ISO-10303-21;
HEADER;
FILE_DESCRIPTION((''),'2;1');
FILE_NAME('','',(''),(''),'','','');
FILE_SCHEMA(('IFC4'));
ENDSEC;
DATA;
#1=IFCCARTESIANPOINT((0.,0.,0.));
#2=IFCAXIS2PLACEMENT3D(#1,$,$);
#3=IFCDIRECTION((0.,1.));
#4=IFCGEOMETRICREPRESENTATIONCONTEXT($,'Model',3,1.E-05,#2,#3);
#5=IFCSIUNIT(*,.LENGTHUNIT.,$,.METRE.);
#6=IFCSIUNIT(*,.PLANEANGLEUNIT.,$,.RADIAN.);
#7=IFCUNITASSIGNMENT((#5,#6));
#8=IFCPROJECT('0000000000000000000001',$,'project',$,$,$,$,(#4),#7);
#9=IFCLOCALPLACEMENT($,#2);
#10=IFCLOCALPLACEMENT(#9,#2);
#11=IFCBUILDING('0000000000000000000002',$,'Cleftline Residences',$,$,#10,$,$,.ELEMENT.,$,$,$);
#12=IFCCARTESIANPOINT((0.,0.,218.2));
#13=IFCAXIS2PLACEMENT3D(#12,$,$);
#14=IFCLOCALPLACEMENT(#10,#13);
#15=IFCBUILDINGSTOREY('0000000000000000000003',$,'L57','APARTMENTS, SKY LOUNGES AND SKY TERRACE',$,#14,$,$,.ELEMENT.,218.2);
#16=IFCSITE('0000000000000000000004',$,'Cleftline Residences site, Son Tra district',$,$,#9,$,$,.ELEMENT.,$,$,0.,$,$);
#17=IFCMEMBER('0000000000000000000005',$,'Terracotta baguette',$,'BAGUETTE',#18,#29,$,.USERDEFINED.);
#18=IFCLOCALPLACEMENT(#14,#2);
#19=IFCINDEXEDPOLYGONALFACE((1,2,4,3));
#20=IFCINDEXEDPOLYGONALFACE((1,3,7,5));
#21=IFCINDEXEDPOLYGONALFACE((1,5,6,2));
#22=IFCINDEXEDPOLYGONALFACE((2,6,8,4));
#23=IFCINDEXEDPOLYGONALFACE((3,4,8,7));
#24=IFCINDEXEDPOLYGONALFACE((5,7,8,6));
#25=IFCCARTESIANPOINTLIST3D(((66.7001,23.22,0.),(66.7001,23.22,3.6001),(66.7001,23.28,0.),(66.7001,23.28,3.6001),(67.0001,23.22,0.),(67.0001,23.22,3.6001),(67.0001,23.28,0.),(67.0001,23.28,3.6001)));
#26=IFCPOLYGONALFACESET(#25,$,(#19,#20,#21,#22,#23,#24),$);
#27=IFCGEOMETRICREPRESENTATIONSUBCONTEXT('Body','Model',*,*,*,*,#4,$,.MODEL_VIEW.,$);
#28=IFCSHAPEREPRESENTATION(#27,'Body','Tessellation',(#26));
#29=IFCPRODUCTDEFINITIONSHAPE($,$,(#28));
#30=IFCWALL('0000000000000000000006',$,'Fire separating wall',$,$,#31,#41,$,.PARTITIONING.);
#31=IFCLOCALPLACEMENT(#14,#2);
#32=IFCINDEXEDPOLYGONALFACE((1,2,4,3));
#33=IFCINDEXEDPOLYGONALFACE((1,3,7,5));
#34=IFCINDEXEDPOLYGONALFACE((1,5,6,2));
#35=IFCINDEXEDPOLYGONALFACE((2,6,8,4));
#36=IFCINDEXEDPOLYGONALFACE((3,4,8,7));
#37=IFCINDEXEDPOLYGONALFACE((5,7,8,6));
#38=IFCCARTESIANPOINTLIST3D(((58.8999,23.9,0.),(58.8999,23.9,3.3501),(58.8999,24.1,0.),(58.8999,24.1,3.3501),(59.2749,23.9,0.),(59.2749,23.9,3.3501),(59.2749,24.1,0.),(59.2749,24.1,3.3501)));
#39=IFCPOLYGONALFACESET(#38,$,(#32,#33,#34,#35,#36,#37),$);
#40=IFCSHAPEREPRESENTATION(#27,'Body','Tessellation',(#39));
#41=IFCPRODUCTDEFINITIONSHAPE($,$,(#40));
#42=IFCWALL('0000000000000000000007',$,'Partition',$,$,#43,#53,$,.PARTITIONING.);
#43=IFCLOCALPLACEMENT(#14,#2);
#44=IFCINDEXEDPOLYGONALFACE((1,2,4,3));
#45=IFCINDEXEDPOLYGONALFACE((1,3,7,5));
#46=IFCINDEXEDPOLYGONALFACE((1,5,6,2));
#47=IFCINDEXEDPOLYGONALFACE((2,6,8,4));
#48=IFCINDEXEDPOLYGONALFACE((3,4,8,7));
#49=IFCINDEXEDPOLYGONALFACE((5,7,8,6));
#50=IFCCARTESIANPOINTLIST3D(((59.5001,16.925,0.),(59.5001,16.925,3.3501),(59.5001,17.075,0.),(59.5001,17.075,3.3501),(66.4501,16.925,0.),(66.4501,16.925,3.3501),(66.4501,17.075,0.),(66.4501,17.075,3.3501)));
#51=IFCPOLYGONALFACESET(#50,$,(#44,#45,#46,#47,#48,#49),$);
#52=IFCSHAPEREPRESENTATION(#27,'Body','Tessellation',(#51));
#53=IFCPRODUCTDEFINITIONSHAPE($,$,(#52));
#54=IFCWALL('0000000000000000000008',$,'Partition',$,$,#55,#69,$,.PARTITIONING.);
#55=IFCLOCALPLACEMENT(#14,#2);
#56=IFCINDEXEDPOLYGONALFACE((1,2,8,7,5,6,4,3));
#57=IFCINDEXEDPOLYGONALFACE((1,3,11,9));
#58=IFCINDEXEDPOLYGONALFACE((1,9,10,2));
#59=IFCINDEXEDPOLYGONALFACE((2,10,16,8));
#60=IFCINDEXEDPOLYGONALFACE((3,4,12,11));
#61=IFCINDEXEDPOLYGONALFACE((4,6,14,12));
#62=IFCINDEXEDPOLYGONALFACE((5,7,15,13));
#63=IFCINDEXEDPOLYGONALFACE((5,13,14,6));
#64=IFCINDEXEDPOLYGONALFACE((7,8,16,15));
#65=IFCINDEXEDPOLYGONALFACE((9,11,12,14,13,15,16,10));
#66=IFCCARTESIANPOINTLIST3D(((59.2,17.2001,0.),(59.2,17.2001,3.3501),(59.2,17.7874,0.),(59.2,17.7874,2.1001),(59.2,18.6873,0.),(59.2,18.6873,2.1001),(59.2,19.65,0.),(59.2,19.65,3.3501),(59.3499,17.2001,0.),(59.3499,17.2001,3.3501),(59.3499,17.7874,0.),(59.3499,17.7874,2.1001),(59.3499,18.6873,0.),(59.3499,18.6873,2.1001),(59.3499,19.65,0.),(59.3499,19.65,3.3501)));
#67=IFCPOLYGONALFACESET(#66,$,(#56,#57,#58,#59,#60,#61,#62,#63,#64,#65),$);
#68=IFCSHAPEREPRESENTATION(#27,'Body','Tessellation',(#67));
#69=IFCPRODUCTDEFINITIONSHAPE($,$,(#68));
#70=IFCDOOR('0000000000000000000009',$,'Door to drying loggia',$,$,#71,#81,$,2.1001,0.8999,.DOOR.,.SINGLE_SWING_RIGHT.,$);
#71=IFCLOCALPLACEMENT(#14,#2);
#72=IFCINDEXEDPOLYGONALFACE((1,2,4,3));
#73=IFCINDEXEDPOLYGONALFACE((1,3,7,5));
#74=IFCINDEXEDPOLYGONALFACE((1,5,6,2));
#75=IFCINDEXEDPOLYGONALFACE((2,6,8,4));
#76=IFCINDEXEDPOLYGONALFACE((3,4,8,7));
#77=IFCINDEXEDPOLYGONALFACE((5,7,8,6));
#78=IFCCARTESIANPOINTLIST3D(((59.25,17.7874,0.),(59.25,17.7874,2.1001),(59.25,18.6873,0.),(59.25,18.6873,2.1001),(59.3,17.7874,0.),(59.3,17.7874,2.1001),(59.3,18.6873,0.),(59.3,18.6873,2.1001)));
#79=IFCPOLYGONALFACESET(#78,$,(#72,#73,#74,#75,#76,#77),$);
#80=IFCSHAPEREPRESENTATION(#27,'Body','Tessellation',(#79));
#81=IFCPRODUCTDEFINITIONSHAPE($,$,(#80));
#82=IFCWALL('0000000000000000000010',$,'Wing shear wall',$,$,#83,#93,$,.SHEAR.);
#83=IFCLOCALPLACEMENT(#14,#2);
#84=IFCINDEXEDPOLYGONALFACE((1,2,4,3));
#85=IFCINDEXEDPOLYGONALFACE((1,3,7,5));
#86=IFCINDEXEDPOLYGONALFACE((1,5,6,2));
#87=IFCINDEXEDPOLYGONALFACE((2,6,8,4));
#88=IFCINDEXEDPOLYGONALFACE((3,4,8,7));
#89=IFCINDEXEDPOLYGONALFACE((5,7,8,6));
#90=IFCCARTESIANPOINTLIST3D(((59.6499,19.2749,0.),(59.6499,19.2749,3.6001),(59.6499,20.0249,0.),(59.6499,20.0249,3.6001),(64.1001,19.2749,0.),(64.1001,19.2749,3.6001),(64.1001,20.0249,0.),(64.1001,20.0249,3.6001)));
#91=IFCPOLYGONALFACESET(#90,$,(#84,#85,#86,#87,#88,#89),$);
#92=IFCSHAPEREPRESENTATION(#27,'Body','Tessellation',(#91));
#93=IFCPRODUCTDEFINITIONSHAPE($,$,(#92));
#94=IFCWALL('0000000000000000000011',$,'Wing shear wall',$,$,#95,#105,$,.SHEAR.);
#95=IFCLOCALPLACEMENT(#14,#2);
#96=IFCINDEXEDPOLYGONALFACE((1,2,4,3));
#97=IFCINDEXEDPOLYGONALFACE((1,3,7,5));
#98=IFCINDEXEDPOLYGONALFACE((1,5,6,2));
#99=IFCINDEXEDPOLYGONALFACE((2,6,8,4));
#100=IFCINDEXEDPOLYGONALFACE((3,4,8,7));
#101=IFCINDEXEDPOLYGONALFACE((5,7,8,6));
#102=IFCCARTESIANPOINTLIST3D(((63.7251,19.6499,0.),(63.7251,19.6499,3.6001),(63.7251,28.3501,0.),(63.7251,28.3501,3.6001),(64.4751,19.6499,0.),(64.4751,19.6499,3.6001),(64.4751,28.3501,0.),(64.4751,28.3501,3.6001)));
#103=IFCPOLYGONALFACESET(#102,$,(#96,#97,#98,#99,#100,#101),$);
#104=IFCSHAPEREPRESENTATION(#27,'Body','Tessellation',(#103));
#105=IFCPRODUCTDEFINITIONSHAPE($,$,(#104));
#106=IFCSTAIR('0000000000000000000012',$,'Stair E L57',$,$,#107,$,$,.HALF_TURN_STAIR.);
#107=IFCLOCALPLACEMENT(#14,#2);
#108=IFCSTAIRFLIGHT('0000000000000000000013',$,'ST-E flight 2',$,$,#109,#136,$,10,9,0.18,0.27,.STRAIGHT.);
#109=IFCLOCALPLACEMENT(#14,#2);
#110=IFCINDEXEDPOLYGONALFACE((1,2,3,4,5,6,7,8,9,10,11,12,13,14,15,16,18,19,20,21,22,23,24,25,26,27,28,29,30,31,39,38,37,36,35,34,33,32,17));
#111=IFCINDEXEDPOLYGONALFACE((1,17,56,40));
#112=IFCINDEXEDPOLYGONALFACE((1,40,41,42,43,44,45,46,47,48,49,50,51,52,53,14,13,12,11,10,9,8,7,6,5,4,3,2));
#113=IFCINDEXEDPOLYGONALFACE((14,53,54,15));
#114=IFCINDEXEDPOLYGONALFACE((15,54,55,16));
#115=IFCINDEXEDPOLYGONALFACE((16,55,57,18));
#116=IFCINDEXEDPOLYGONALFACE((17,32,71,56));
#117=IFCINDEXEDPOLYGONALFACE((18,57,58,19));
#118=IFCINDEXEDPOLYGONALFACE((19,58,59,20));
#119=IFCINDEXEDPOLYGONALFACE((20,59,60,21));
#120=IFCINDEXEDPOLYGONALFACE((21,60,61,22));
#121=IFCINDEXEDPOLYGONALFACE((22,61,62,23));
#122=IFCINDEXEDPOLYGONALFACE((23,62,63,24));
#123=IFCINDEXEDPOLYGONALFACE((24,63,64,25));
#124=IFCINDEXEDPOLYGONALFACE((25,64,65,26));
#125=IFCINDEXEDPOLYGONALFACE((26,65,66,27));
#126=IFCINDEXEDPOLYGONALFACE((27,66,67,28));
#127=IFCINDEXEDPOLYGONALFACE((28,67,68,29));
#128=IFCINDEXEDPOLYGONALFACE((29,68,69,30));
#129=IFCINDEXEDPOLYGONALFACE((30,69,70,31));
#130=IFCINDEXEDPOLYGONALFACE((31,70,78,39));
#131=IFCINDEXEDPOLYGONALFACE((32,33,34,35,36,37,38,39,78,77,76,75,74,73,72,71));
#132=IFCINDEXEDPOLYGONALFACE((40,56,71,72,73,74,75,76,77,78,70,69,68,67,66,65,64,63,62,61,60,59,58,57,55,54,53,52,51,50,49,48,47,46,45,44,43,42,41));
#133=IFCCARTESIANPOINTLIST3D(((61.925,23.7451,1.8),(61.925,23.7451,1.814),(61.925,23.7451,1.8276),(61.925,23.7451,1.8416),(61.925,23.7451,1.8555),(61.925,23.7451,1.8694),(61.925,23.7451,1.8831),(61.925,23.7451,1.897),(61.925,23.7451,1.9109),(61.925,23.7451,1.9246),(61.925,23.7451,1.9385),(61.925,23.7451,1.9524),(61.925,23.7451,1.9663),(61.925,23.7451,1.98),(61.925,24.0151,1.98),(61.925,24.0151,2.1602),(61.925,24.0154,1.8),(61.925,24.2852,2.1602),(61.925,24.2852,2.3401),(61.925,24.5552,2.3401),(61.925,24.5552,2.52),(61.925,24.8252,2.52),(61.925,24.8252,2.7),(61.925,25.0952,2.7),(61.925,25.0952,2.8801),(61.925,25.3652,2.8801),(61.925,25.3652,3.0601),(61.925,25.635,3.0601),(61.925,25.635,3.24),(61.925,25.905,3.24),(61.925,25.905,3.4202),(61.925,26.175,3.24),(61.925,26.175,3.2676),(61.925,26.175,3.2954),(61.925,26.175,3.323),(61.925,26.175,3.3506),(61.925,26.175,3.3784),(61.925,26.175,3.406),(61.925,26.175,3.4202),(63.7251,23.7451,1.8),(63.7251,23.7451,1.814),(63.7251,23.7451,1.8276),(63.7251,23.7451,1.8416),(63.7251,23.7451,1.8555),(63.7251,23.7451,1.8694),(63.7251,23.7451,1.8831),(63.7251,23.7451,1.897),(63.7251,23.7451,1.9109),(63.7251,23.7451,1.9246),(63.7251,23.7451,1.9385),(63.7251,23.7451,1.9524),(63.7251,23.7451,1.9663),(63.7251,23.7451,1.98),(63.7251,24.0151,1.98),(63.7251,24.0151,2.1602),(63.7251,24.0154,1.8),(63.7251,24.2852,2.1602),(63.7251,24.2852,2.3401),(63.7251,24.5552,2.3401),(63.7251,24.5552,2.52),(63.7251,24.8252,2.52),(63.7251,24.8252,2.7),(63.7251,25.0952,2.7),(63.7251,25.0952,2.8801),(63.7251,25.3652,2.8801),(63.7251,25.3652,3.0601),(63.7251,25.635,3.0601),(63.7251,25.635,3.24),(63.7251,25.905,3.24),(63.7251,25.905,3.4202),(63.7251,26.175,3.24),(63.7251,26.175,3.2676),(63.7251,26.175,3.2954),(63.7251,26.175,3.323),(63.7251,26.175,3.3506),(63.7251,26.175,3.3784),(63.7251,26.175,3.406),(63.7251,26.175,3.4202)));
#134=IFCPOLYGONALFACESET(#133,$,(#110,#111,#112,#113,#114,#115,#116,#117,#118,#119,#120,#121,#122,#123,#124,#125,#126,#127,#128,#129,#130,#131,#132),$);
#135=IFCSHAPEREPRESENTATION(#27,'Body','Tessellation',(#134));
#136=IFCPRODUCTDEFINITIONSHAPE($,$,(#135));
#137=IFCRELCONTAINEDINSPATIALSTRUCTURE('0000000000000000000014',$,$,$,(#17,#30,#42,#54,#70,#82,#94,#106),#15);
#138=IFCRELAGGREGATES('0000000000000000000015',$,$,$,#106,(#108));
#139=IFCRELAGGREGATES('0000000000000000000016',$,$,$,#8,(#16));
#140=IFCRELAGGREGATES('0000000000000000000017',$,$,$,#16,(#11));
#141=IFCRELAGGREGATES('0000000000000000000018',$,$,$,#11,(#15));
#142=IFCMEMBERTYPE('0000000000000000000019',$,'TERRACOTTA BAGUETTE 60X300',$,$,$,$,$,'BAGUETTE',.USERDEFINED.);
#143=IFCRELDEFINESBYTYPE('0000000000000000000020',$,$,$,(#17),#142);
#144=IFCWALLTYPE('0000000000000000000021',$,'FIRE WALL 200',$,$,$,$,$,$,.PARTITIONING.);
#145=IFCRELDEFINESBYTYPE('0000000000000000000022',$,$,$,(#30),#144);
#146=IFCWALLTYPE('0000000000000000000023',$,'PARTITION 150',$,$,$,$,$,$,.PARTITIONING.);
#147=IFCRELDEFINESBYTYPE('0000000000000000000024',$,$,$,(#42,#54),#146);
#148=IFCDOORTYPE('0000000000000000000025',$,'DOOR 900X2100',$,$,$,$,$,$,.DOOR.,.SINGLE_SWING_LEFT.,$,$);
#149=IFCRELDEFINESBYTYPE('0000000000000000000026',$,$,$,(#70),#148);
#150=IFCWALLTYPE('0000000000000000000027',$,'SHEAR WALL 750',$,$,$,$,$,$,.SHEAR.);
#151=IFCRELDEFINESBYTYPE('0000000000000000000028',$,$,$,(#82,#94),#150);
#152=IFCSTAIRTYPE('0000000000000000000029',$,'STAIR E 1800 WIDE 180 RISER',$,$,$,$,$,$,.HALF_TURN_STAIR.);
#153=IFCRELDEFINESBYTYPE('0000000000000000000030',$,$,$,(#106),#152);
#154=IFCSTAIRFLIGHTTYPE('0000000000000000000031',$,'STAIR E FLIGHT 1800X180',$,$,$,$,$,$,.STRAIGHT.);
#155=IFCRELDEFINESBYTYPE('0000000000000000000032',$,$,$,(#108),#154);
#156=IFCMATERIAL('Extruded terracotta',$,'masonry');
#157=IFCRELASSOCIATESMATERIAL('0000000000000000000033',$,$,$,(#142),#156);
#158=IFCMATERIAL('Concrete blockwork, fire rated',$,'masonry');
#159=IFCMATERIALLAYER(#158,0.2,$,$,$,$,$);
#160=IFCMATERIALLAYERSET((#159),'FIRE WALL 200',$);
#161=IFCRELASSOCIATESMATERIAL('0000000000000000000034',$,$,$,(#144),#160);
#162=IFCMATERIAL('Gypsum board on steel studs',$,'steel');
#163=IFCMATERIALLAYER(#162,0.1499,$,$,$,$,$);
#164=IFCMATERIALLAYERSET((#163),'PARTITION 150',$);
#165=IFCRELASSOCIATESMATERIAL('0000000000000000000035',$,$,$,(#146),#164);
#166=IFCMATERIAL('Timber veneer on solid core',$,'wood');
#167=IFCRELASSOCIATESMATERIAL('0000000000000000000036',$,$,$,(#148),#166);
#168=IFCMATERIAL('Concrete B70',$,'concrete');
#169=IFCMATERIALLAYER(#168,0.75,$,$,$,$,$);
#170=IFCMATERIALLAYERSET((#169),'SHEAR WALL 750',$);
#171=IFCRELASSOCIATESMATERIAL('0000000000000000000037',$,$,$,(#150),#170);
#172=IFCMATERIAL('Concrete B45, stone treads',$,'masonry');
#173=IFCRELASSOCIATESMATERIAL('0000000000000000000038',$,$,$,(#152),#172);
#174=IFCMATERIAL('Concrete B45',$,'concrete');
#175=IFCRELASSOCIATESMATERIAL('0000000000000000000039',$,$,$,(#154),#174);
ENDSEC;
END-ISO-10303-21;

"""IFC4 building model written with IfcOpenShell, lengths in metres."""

from ifc_helpers import new_model, si_unit, direction, frame, frame_2d, origin, origin_2d, place, context, subcontext, project, spatial, polyline, rectangle, outline, extrude, material, layer, layer_set, material_profile, profile_set, type_object, element, fill, aggregate, save


model = new_model("IFC4")

# Units and contexts
model_context = context("Model", 3, precision=1e-05, world=origin(), true_north=direction((0.0, 1.0)))
body_context = subcontext(model_context, "Body", "Model", "MODEL_VIEW")
ifc_project = project(units=[si_unit("LENGTHUNIT", "METRE"), si_unit("PLANEANGLEUNIT", "RADIAN")], contexts=[model_context])

# Site, building, storey
site_placement = place(None, origin())
site = spatial("IfcSite", under=ifc_project, at=site_placement, Name="Cleftline Residences site, Son Tra district", CompositionType="ELEMENT", RefElevation=0.0)
building_placement = place(site_placement, origin())
building = spatial("IfcBuilding", under=site, at=building_placement, Name="Cleftline Residences", CompositionType="ELEMENT")
storey_placement = place(building_placement, frame((0.0, 0.0, 218.2)))
storey = spatial("IfcBuildingStorey", under=building, at=storey_placement, Name="L57", Description="APARTMENTS, SKY LOUNGES AND SKY TERRACE", CompositionType="ELEMENT", Elevation=218.2)

# Member
ifc_material_1 = material(Name="Extruded terracotta", Category="masonry")
ifc_material_profile_1 = material_profile(ifc_material_1, rectangle(XDim=0.0601, YDim=0.3, at=origin_2d()))
ifc_profile_set_1 = profile_set([ifc_material_profile_1], Name="Extruded terracotta")
member_type_1 = type_object("IfcMemberType", Name="TERRACOTTA BAGUETTE 60X300", ElementType="BAGUETTE", PredefinedType="USERDEFINED", material=ifc_profile_set_1)
for number, where, z_axis, x_axis, name in (
    (1, (66.8501, 23.25, 0.0), (0.0, 0.0, 1.0), (0.0, 1.0, 0.0), "Terracotta baguette"),
):
    element("IfcMember", number, at=place(storey_placement, frame(where, z_axis=z_axis, x_axis=x_axis)), inside=storey, type_object=member_type_1, Name=name, ObjectType="BAGUETTE", PredefinedType="USERDEFINED", context=body_context, shape_type="SweptSolid", body=[
        extrude(rectangle(XDim=0.0601, YDim=0.3, at=origin_2d()), origin(), (0.0, 0.0, 1.0), 3.6001),
    ])

# Walls
ifc_material_2 = material(Name="Concrete blockwork, fire rated", Category="masonry")
ifc_layer_1 = layer(ifc_material_2, 0.2)
ifc_layer_set_1 = layer_set([ifc_layer_1], Name="FIRE WALL 200")
wall_type_1 = type_object("IfcWallType", Name="FIRE WALL 200", PredefinedType="PARTITIONING", material=ifc_layer_set_1)
wall_1_placement = place(storey_placement, frame((58.8999, 24.0, 0.0), z_axis=(0.0, 0.0, 1.0), x_axis=(1.0, 0.0, 0.0)))
element("IfcWall", 2, at=wall_1_placement, inside=storey, type_object=wall_type_1, Name="Fire separating wall", PredefinedType="PARTITIONING", context=body_context, shape_type="SweptSolid", body=[
    extrude(rectangle(XDim=0.375, YDim=0.2, at=frame_2d((0.1875, 0.0))), origin(), (0.0, 0.0, 1.0), 3.3501),
])
ifc_material_3 = material(Name="Gypsum board on steel studs", Category="steel")
ifc_layer_2 = layer(ifc_material_3, 0.1499)
ifc_layer_set_2 = layer_set([ifc_layer_2], Name="PARTITION 150")
wall_type_2 = type_object("IfcWallType", Name="PARTITION 150", PredefinedType="PARTITIONING", material=ifc_layer_set_2)
wall_2_placement = place(storey_placement, frame((59.5, 17.0, 0.0), z_axis=(0.0, 0.0, 1.0), x_axis=(1.0, 0.0, 0.0)))
element("IfcWall", 3, at=wall_2_placement, inside=storey, type_object=wall_type_2, Name="Partition", PredefinedType="PARTITIONING", context=body_context, shape_type="SweptSolid", body=[
    extrude(rectangle(XDim=6.95, YDim=0.1499, at=frame_2d((3.4751, 0.0))), origin(), (0.0, 0.0, 1.0), 3.3501),
])

# Wall, opening, door
wall_3_placement = place(storey_placement, frame((59.2749, 17.2, 0.0), z_axis=(0.0, 0.0, 1.0), x_axis=(0.0, 1.0, 0.0)))
wall_3 = element("IfcWall", 4, at=wall_3_placement, inside=storey, type_object=wall_type_2, Name="Partition", PredefinedType="PARTITIONING", context=body_context, shape_type="SweptSolid", body=[
    extrude(rectangle(XDim=2.45, YDim=0.1499, at=frame_2d((1.2251, 0.0))), origin(), (0.0, 0.0, 1.0), 3.3501),
])
opening_placement = place(wall_3_placement, frame((0.5874, 0.0, 0.0)))
opening = element("IfcOpeningElement", 5, at=opening_placement, cuts=wall_3, PredefinedType="OPENING", context=body_context, shape_type="SweptSolid", body=[
    extrude(rectangle(XDim=0.8999, YDim=2.1001, at=frame_2d((0.45, 1.05))), frame((0.0, 0.085, 0.0), z_axis=(0.0, -1.0, 0.0), x_axis=(1.0, 0.0, 0.0)), (0.0, 0.0, 1.0), 0.1699),
])
ifc_material_4 = material(Name="Timber veneer on solid core", Category="wood")
door_type = type_object("IfcDoorType", Name="DOOR 900X2100", OperationType="SINGLE_SWING_LEFT", PredefinedType="DOOR", material=ifc_material_4)
door_placement = place(opening_placement, origin())
door = element("IfcDoor", 6, at=door_placement, inside=storey, type_object=door_type, Name="Door to drying loggia", OperationType="SINGLE_SWING_RIGHT", OverallHeight=2.1001, OverallWidth=0.8999, PredefinedType="DOOR", context=body_context, shape_type="SweptSolid", body=[
    extrude(rectangle(XDim=0.8999, YDim=2.1001, at=frame_2d((0.45, 1.05))), frame((0.0, 0.0249, 0.0), z_axis=(0.0, -1.0, 0.0), x_axis=(1.0, 0.0, 0.0)), (0.0, 0.0, 1.0), 0.05),
])
fill(opening, door)

# Walls
ifc_material_5 = material(Name="Concrete B70", Category="concrete")
ifc_layer_3 = layer(ifc_material_5, 0.75)
ifc_layer_set_3 = layer_set([ifc_layer_3], Name="SHEAR WALL 750")
wall_type_3 = type_object("IfcWallType", Name="SHEAR WALL 750", PredefinedType="SHEAR", material=ifc_layer_set_3)
wall_4_placement = place(storey_placement, frame((59.6499, 19.6499, 0.0), z_axis=(0.0, 0.0, 1.0), x_axis=(1.0, 0.0, 0.0)))
element("IfcWall", 7, at=wall_4_placement, inside=storey, type_object=wall_type_3, Name="Wing shear wall", PredefinedType="SHEAR", context=body_context, shape_type="SweptSolid", body=[
    extrude(rectangle(XDim=4.4502, YDim=0.75, at=frame_2d((2.2251, 0.0))), origin(), (0.0, 0.0, 1.0), 3.6001),
])
wall_5_placement = place(storey_placement, frame((64.1001, 19.6499, 0.0), z_axis=(0.0, 0.0, 1.0), x_axis=(0.0, 1.0, 0.0)))
element("IfcWall", 8, at=wall_5_placement, inside=storey, type_object=wall_type_3, Name="Wing shear wall", PredefinedType="SHEAR", context=body_context, shape_type="SweptSolid", body=[
    extrude(rectangle(XDim=8.7002, YDim=0.75, at=frame_2d((4.3501, 0.0))), origin(), (0.0, 0.0, 1.0), 3.6001),
])

# Stair, stair flight
ifc_material_6 = material(Name="Concrete B45, stone treads", Category="masonry")
stair_type = type_object("IfcStairType", Name="STAIR E 1800 WIDE 180 RISER", PredefinedType="HALF_TURN_STAIR", material=ifc_material_6)
stair_placement = place(storey_placement, origin())
stair = element("IfcStair", 9, at=stair_placement, inside=storey, type_object=stair_type, Name="Stair E L57", PredefinedType="HALF_TURN_STAIR")
ifc_material_7 = material(Name="Concrete B45", Category="concrete")
stair_flight_type = type_object("IfcStairFlightType", Name="STAIR E FLIGHT 1800X180", PredefinedType="STRAIGHT", material=ifc_material_7)
stair_flight_placement = place(storey_placement, frame((62.825, 23.7451, 1.8), z_axis=(0.0, 0.0, 1.0), x_axis=(0.0, 1.0, 0.0)))
stair_flight = element("IfcStairFlight", 10, at=stair_flight_placement, type_object=stair_flight_type, Name="ST-E flight 2", NumberOfRisers=10, NumberOfTreads=9, PredefinedType="STRAIGHT", RiserHeight=0.18, TreadLength=0.27, context=body_context, shape_type="SweptSolid", body=[
    extrude(outline(polyline([(0.0, 0.0), (0.0, 0.0139), (0.0, 0.0276), (0.0, 0.0415), (0.0, 0.0554), (0.0, 0.0693), (0.0, 0.083), (0.0, 0.0969), (0.0, 0.1108), (0.0, 0.1245), (0.0, 0.1384), (0.0, 0.1523), (0.0, 0.1663), (0.0, 0.1799), (0.27, 0.1799), (0.27, 0.3601), (0.54, 0.3601), (0.54, 0.54), (0.8101, 0.54), (0.8101, 0.72), (1.0801, 0.72), (1.0801, 0.8999), (1.3501, 0.8999), (1.3501, 1.0801), (1.6201, 1.0801), (1.6201, 1.26), (1.8899, 1.26), (1.8899, 1.4399), (2.1599, 1.4399), (2.1599, 1.6201), (2.4299, 1.6201), (2.4299, 1.8), (2.4299, 1.7722), (2.4299, 1.7446), (2.4299, 1.7168), (2.4299, 1.6892), (2.4299, 1.6614), (2.4299, 1.6338), (2.4299, 1.606), (2.4299, 1.5784), (2.4299, 1.5505), (2.4299, 1.5229), (2.4299, 1.4954), (2.4299, 1.4675), (2.4299, 1.4399), (0.2703, 0.0), (0.0, 0.0)])), frame((0.0, 0.8999, 0.0), z_axis=(0.0, -1.0, 0.0), x_axis=(1.0, 0.0, 0.0)), (0.0, 0.0, 1.0), 1.8),
])
aggregate(stair, [stair_flight])

save(model, "model.ifc")
